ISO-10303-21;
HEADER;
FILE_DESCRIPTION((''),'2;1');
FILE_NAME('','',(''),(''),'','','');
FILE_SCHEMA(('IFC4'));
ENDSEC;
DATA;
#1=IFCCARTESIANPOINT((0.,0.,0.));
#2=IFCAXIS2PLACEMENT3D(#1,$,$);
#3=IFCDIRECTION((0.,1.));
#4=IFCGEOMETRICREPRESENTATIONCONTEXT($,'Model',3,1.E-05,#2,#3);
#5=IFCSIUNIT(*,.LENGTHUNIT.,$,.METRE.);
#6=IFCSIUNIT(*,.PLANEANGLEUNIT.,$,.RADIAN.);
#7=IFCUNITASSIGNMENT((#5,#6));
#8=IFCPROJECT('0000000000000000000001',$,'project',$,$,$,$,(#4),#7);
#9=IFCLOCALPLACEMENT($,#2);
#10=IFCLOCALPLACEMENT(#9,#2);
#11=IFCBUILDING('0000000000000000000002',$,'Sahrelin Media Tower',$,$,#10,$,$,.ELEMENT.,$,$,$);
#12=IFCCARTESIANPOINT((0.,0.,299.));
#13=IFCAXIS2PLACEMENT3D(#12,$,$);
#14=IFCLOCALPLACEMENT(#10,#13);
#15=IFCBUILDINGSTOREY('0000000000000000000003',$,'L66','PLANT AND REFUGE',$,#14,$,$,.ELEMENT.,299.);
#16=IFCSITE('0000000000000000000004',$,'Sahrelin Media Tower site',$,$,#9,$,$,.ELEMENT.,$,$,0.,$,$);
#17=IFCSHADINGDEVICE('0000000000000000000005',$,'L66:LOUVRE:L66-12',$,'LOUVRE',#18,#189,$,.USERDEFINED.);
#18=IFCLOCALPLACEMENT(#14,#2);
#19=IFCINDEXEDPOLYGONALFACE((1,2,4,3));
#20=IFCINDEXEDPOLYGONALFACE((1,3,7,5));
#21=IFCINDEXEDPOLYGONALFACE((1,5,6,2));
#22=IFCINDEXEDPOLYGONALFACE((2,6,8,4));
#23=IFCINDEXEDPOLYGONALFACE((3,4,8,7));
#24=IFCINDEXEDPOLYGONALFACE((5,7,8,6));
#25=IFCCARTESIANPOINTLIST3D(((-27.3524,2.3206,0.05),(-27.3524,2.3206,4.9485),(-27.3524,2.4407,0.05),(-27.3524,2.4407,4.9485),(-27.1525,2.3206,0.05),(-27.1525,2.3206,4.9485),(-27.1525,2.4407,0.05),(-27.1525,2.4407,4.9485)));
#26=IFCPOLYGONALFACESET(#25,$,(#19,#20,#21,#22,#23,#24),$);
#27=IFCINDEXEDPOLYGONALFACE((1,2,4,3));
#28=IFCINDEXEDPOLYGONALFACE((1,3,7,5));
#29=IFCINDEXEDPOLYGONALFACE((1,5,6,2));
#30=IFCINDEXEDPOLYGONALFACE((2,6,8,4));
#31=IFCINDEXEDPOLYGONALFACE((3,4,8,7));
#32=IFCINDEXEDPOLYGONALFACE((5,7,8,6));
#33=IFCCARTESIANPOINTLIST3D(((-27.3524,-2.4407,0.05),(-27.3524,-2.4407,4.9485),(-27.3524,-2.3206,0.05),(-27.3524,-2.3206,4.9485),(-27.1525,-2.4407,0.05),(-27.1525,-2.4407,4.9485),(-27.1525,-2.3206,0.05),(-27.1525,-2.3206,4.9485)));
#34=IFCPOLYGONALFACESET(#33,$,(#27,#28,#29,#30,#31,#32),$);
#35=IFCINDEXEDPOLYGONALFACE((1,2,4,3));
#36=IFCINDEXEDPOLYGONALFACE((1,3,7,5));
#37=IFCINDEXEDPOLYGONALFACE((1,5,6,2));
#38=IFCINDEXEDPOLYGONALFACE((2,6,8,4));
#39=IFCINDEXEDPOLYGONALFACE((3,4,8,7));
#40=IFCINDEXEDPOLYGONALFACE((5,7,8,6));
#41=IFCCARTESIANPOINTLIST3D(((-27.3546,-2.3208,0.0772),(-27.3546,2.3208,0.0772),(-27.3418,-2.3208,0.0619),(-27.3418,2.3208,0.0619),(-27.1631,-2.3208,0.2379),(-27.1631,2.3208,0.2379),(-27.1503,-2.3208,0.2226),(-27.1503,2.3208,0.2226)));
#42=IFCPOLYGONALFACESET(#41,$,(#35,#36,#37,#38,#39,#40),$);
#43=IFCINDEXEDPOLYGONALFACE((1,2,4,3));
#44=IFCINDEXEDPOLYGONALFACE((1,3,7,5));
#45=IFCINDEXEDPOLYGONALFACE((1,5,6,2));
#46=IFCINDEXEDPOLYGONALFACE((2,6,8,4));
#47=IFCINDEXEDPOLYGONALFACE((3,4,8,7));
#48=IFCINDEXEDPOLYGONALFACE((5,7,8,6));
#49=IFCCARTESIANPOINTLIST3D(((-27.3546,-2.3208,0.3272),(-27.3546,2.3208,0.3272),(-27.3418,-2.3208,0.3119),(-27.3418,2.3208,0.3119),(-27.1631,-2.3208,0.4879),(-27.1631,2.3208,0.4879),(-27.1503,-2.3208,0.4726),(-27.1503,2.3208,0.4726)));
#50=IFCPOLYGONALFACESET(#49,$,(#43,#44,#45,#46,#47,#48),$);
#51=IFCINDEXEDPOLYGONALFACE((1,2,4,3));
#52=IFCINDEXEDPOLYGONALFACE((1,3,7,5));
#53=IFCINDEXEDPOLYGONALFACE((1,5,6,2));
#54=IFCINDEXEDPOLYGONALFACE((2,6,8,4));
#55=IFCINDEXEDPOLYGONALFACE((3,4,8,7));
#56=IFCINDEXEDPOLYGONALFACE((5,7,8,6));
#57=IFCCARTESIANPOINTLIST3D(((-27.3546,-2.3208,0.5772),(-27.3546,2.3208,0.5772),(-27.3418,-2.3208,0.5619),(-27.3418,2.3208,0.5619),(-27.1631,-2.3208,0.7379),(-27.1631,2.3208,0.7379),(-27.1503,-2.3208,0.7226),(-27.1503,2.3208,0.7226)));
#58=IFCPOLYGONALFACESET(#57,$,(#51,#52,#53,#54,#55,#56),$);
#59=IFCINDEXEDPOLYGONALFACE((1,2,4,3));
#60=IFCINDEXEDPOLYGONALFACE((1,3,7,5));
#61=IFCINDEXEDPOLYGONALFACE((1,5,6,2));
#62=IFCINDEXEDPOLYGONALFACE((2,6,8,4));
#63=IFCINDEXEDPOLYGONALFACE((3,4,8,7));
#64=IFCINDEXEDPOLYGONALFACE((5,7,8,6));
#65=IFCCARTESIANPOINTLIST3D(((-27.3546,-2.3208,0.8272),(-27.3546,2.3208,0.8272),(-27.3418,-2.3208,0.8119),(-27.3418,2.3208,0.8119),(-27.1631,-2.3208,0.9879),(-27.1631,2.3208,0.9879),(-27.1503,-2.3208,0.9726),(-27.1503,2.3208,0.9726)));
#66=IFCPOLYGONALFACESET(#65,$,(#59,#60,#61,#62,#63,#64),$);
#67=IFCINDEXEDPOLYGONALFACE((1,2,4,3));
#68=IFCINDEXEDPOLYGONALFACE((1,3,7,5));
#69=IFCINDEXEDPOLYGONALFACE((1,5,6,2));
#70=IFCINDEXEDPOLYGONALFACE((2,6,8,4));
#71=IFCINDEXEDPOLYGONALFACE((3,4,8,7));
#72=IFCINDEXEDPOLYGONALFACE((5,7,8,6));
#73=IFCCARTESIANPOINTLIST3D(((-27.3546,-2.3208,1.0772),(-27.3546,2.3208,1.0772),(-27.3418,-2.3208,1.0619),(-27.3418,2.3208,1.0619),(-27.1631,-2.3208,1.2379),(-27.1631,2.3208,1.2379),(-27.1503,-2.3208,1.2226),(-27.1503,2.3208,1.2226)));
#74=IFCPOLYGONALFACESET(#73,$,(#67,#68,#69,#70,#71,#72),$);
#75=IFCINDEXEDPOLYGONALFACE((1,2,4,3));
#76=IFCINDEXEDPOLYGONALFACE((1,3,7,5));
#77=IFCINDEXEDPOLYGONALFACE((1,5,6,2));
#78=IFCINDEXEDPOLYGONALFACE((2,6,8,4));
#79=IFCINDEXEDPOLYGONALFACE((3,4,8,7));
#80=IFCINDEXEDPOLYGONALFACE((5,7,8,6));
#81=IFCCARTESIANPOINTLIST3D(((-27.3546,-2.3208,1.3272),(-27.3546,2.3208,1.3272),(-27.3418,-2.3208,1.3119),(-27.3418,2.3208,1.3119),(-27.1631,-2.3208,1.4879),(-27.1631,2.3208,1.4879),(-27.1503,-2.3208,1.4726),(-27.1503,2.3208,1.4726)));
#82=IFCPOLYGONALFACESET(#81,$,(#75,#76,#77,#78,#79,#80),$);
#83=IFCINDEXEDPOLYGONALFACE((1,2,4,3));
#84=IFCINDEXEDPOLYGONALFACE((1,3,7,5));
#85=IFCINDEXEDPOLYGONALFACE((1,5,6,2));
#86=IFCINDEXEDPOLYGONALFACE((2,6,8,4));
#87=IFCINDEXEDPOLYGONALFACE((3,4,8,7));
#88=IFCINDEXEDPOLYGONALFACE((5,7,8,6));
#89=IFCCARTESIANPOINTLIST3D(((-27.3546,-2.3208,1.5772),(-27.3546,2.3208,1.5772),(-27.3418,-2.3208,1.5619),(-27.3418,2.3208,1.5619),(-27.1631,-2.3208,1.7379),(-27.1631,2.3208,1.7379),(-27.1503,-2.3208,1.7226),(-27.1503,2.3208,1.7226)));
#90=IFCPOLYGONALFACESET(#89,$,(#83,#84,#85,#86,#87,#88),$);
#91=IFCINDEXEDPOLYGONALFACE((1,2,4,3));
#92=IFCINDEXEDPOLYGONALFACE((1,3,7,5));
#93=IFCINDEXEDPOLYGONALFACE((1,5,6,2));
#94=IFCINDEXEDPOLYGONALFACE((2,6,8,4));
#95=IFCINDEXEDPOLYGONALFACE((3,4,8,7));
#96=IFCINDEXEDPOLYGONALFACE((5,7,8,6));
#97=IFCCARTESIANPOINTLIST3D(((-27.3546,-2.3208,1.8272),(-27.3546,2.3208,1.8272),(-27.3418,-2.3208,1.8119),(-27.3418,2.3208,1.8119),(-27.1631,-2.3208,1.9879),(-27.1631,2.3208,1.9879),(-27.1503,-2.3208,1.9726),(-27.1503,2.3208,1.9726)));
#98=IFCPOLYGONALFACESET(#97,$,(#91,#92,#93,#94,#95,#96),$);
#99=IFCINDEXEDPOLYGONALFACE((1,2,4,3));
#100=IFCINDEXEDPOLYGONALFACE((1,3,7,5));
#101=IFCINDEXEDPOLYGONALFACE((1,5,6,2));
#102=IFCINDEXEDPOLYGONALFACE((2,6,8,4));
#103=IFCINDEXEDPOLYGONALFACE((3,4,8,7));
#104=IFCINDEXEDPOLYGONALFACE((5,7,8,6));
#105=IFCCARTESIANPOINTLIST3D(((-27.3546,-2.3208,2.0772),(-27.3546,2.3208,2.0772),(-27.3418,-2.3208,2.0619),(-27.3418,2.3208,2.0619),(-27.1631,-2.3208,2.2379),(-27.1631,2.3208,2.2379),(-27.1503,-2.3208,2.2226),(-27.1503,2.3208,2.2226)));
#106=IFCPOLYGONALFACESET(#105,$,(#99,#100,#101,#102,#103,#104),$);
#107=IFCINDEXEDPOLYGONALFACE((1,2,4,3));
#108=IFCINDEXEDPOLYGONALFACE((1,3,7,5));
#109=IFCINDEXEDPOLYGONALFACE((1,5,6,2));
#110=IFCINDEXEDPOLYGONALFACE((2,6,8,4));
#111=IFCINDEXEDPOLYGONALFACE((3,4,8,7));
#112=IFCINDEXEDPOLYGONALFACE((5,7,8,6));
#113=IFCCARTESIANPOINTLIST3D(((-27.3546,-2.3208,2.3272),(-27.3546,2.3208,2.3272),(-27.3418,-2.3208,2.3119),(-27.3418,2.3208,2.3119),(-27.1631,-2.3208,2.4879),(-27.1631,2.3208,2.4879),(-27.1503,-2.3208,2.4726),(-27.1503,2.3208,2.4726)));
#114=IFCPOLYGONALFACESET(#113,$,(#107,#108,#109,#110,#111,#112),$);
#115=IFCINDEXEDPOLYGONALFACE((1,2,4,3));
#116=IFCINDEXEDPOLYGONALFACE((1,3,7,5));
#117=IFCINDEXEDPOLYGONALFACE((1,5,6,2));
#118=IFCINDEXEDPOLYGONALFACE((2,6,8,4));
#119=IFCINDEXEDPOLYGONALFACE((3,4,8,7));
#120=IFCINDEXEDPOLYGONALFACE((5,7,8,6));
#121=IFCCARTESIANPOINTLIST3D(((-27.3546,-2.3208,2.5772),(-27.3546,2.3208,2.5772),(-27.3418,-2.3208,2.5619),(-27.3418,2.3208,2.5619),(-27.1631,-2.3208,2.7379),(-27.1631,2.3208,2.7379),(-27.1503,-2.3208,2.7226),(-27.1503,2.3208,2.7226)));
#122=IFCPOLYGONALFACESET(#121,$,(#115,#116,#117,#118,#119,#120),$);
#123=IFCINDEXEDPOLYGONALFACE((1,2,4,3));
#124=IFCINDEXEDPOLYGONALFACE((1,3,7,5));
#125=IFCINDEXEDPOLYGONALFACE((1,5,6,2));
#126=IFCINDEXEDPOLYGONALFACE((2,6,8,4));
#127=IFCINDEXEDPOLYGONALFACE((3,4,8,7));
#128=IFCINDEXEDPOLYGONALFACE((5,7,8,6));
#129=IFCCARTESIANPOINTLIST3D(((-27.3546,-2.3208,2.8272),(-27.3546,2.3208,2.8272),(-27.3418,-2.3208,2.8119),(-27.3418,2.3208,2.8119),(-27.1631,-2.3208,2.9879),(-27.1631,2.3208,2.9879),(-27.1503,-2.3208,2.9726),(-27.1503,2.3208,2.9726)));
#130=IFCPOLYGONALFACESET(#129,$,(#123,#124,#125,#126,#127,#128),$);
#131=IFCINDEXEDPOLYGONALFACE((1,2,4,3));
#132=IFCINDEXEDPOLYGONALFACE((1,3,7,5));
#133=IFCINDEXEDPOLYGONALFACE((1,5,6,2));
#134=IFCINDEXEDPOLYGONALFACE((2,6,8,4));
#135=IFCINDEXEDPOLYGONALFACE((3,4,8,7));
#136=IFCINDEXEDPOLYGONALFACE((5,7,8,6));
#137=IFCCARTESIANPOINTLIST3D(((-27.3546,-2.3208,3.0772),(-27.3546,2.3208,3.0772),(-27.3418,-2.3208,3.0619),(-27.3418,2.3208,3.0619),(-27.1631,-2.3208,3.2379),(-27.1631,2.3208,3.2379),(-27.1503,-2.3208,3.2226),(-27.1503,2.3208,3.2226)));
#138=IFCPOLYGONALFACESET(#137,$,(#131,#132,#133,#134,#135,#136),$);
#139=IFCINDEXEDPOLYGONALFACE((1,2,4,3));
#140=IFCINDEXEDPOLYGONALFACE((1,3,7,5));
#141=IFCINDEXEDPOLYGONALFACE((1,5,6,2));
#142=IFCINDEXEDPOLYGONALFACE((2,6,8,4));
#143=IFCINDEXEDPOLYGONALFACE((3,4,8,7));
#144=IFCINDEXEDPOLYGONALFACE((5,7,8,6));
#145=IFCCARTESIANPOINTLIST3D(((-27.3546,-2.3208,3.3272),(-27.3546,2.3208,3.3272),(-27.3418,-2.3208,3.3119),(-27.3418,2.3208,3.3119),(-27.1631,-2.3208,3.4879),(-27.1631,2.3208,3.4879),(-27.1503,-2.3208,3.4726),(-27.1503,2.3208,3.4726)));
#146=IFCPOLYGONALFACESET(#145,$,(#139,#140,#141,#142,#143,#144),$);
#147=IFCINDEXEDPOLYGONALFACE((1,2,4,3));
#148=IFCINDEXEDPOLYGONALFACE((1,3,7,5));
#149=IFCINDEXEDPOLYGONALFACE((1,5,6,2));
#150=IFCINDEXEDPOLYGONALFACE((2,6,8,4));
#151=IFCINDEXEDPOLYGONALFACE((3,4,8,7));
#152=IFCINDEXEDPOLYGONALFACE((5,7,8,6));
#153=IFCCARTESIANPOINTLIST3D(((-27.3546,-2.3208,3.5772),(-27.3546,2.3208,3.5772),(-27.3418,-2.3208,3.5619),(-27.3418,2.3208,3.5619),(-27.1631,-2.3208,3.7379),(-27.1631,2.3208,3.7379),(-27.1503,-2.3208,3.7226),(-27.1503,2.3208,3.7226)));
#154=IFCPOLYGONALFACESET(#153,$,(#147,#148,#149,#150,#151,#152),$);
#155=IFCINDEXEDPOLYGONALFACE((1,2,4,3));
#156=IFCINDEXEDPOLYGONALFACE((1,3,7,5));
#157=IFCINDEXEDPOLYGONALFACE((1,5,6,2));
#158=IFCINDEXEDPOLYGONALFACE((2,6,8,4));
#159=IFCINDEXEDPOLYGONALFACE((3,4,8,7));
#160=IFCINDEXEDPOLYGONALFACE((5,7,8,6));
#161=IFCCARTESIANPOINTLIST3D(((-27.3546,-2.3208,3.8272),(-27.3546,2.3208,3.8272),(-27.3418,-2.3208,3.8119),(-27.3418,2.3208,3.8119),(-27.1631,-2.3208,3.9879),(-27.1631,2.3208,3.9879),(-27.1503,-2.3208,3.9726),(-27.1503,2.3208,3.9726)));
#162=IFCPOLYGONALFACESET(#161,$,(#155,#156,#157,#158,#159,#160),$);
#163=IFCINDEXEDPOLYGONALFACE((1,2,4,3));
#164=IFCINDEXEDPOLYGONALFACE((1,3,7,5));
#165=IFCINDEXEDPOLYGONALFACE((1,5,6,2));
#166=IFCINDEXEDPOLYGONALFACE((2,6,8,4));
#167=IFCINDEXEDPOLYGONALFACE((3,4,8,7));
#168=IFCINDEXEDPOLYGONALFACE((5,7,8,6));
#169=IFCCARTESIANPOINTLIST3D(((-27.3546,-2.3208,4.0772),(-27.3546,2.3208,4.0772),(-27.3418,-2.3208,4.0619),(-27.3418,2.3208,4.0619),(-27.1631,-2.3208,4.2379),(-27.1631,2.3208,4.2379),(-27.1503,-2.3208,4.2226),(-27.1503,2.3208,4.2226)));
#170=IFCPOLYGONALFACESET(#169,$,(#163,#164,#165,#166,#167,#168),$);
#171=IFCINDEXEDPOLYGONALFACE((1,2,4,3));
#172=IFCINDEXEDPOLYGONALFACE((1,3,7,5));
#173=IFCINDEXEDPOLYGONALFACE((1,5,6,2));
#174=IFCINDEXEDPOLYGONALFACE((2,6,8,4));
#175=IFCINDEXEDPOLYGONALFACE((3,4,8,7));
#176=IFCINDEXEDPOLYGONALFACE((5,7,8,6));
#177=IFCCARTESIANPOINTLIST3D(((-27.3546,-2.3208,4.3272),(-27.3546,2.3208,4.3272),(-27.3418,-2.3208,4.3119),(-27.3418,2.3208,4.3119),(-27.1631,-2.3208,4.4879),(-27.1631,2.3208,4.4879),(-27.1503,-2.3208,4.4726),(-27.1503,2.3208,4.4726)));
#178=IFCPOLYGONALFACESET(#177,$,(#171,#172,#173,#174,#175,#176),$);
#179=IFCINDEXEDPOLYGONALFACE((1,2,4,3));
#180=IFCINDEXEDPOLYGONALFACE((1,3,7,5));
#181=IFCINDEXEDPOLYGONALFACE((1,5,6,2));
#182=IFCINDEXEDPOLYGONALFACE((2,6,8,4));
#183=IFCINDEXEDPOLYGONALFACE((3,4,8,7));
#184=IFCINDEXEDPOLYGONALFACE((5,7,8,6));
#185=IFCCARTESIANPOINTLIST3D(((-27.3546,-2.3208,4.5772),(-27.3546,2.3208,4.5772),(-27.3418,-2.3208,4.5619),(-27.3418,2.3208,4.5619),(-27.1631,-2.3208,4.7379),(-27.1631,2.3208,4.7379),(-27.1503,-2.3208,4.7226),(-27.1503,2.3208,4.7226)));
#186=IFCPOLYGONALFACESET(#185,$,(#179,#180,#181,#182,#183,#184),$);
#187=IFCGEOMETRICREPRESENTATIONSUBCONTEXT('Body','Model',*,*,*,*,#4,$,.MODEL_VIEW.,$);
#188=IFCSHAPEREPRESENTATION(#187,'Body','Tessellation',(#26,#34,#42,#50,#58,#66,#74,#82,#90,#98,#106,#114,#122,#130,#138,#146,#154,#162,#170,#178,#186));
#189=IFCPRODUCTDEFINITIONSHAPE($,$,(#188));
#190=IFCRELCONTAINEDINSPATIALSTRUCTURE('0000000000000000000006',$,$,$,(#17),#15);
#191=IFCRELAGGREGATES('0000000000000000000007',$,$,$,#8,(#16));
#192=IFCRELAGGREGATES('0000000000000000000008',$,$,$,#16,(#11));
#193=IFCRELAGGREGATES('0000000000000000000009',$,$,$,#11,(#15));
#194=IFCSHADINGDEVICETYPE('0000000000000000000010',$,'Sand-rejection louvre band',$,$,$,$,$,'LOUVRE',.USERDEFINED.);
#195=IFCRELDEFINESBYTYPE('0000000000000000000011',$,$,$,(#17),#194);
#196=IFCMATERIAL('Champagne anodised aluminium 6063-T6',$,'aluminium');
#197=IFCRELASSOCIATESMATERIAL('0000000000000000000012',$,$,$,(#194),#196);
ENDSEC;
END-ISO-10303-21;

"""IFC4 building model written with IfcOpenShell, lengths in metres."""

from ifc_helpers import new_model, si_unit, direction, frame, origin, origin_2d, place, context, subcontext, project, spatial, rectangle, extrude, material, type_object, element, save


model = new_model("IFC4")

# Units and contexts
model_context = context("Model", 3, precision=1e-05, world=origin(), true_north=direction((0.0, 1.0)))
body_context = subcontext(model_context, "Body", "Model", "MODEL_VIEW")
ifc_project = project(units=[si_unit("LENGTHUNIT", "METRE"), si_unit("PLANEANGLEUNIT", "RADIAN")], contexts=[model_context])

# Site, building, storey
site_placement = place(None, origin())
site = spatial("IfcSite", under=ifc_project, at=site_placement, Name="Sahrelin Media Tower site", CompositionType="ELEMENT", RefElevation=0.0)
building_placement = place(site_placement, origin())
building = spatial("IfcBuilding", under=site, at=building_placement, Name="Sahrelin Media Tower", CompositionType="ELEMENT")
storey_placement = place(building_placement, frame((0.0, 0.0, 299.0)))
storey = spatial("IfcBuildingStorey", under=building, at=storey_placement, Name="L66", Description="PLANT AND REFUGE", CompositionType="ELEMENT", Elevation=299.0)

# Shading device
ifc_material_1 = material(Name="Champagne anodised aluminium 6063-T6", Category="aluminium")
shading_device_type = type_object("IfcShadingDeviceType", Name="Sand-rejection louvre band", ElementType="LOUVRE", PredefinedType="USERDEFINED", material=ifc_material_1)
shading_device_1_placement = place(storey_placement, frame((-27.1523, 0.0, 0.0), z_axis=(0.0, 0.0, 1.0), x_axis=(0.0, 1.0, 0.0)))
element("IfcShadingDevice", 1, at=shading_device_1_placement, inside=storey, type_object=shading_device_type, Name="L66:LOUVRE:L66-12", ObjectType="LOUVRE", PredefinedType="USERDEFINED", context=body_context, shape_type="SweptSolid", body=[
    extrude(rectangle(XDim=0.1201, YDim=0.2, at=origin_2d()), frame((2.3806, 0.1001, 0.05), z_axis=(0.0, 0.0, 1.0), x_axis=(1.0, 0.0, 0.0)), (0.0, 0.0, 1.0), 4.8984),
    extrude(rectangle(XDim=0.1201, YDim=0.2, at=origin_2d()), frame((-2.3806, 0.1001, 0.05), z_axis=(0.0, 0.0, 1.0), x_axis=(1.0, 0.0, 0.0)), (0.0, 0.0, 1.0), 4.8984),
    extrude(rectangle(XDim=0.25, YDim=0.02, at=origin_2d()), frame((2.3208, 0.1001, 0.1499), z_axis=(-1.0, 0.0, 0.0), x_axis=(0.0, -0.766044, 0.642788)), (0.0, 0.0, 1.0), 4.6416),
    extrude(rectangle(XDim=0.25, YDim=0.02, at=origin_2d()), frame((2.3208, 0.1001, 0.3999), z_axis=(-1.0, 0.0, 0.0), x_axis=(0.0, -0.766044, 0.642788)), (0.0, 0.0, 1.0), 4.6416),
    extrude(rectangle(XDim=0.25, YDim=0.02, at=origin_2d()), frame((2.3208, 0.1001, 0.6499), z_axis=(-1.0, 0.0, 0.0), x_axis=(0.0, -0.766044, 0.642788)), (0.0, 0.0, 1.0), 4.6416),
    extrude(rectangle(XDim=0.25, YDim=0.02, at=origin_2d()), frame((2.3208, 0.1001, 0.8999), z_axis=(-1.0, 0.0, 0.0), x_axis=(0.0, -0.766044, 0.642788)), (0.0, 0.0, 1.0), 4.6416),
    extrude(rectangle(XDim=0.25, YDim=0.02, at=origin_2d()), frame((2.3208, 0.1001, 1.1499), z_axis=(-1.0, 0.0, 0.0), x_axis=(0.0, -0.766044, 0.642788)), (0.0, 0.0, 1.0), 4.6416),
    extrude(rectangle(XDim=0.25, YDim=0.02, at=origin_2d()), frame((2.3208, 0.1001, 1.3999), z_axis=(-1.0, 0.0, 0.0), x_axis=(0.0, -0.766044, 0.642788)), (0.0, 0.0, 1.0), 4.6416),
    extrude(rectangle(XDim=0.25, YDim=0.02, at=origin_2d()), frame((2.3208, 0.1001, 1.6499), z_axis=(-1.0, 0.0, 0.0), x_axis=(0.0, -0.766044, 0.642788)), (0.0, 0.0, 1.0), 4.6416),
    extrude(rectangle(XDim=0.25, YDim=0.02, at=origin_2d()), frame((2.3208, 0.1001, 1.8999), z_axis=(-1.0, 0.0, 0.0), x_axis=(0.0, -0.766044, 0.642788)), (0.0, 0.0, 1.0), 4.6416),
    extrude(rectangle(XDim=0.25, YDim=0.02, at=origin_2d()), frame((2.3208, 0.1001, 2.1499), z_axis=(-1.0, 0.0, 0.0), x_axis=(0.0, -0.766044, 0.642788)), (0.0, 0.0, 1.0), 4.6416),
    extrude(rectangle(XDim=0.25, YDim=0.02, at=origin_2d()), frame((2.3208, 0.1001, 2.3999), z_axis=(-1.0, 0.0, 0.0), x_axis=(0.0, -0.766044, 0.642788)), (0.0, 0.0, 1.0), 4.6416),
    extrude(rectangle(XDim=0.25, YDim=0.02, at=origin_2d()), frame((2.3208, 0.1001, 2.6499), z_axis=(-1.0, 0.0, 0.0), x_axis=(0.0, -0.766044, 0.642788)), (0.0, 0.0, 1.0), 4.6416),
    extrude(rectangle(XDim=0.25, YDim=0.02, at=origin_2d()), frame((2.3208, 0.1001, 2.8999), z_axis=(-1.0, 0.0, 0.0), x_axis=(0.0, -0.766044, 0.642788)), (0.0, 0.0, 1.0), 4.6416),
    extrude(rectangle(XDim=0.25, YDim=0.02, at=origin_2d()), frame((2.3208, 0.1001, 3.1499), z_axis=(-1.0, 0.0, 0.0), x_axis=(0.0, -0.766044, 0.642788)), (0.0, 0.0, 1.0), 4.6416),
    extrude(rectangle(XDim=0.25, YDim=0.02, at=origin_2d()), frame((2.3208, 0.1001, 3.3999), z_axis=(-1.0, 0.0, 0.0), x_axis=(0.0, -0.766044, 0.642788)), (0.0, 0.0, 1.0), 4.6416),
    extrude(rectangle(XDim=0.25, YDim=0.02, at=origin_2d()), frame((2.3208, 0.1001, 3.6499), z_axis=(-1.0, 0.0, 0.0), x_axis=(0.0, -0.766044, 0.642788)), (0.0, 0.0, 1.0), 4.6416),
    extrude(rectangle(XDim=0.25, YDim=0.02, at=origin_2d()), frame((2.3208, 0.1001, 3.8999), z_axis=(-1.0, 0.0, 0.0), x_axis=(0.0, -0.766044, 0.642788)), (0.0, 0.0, 1.0), 4.6416),
    extrude(rectangle(XDim=0.25, YDim=0.02, at=origin_2d()), frame((2.3208, 0.1001, 4.1499), z_axis=(-1.0, 0.0, 0.0), x_axis=(0.0, -0.766044, 0.642788)), (0.0, 0.0, 1.0), 4.6416),
    extrude(rectangle(XDim=0.25, YDim=0.02, at=origin_2d()), frame((2.3208, 0.1001, 4.3999), z_axis=(-1.0, 0.0, 0.0), x_axis=(0.0, -0.766044, 0.642788)), (0.0, 0.0, 1.0), 4.6416),
    extrude(rectangle(XDim=0.25, YDim=0.02, at=origin_2d()), frame((2.3208, 0.1001, 4.6499), z_axis=(-1.0, 0.0, 0.0), x_axis=(0.0, -0.766044, 0.642788)), (0.0, 0.0, 1.0), 4.6416),
])

save(model, "model.ifc")
